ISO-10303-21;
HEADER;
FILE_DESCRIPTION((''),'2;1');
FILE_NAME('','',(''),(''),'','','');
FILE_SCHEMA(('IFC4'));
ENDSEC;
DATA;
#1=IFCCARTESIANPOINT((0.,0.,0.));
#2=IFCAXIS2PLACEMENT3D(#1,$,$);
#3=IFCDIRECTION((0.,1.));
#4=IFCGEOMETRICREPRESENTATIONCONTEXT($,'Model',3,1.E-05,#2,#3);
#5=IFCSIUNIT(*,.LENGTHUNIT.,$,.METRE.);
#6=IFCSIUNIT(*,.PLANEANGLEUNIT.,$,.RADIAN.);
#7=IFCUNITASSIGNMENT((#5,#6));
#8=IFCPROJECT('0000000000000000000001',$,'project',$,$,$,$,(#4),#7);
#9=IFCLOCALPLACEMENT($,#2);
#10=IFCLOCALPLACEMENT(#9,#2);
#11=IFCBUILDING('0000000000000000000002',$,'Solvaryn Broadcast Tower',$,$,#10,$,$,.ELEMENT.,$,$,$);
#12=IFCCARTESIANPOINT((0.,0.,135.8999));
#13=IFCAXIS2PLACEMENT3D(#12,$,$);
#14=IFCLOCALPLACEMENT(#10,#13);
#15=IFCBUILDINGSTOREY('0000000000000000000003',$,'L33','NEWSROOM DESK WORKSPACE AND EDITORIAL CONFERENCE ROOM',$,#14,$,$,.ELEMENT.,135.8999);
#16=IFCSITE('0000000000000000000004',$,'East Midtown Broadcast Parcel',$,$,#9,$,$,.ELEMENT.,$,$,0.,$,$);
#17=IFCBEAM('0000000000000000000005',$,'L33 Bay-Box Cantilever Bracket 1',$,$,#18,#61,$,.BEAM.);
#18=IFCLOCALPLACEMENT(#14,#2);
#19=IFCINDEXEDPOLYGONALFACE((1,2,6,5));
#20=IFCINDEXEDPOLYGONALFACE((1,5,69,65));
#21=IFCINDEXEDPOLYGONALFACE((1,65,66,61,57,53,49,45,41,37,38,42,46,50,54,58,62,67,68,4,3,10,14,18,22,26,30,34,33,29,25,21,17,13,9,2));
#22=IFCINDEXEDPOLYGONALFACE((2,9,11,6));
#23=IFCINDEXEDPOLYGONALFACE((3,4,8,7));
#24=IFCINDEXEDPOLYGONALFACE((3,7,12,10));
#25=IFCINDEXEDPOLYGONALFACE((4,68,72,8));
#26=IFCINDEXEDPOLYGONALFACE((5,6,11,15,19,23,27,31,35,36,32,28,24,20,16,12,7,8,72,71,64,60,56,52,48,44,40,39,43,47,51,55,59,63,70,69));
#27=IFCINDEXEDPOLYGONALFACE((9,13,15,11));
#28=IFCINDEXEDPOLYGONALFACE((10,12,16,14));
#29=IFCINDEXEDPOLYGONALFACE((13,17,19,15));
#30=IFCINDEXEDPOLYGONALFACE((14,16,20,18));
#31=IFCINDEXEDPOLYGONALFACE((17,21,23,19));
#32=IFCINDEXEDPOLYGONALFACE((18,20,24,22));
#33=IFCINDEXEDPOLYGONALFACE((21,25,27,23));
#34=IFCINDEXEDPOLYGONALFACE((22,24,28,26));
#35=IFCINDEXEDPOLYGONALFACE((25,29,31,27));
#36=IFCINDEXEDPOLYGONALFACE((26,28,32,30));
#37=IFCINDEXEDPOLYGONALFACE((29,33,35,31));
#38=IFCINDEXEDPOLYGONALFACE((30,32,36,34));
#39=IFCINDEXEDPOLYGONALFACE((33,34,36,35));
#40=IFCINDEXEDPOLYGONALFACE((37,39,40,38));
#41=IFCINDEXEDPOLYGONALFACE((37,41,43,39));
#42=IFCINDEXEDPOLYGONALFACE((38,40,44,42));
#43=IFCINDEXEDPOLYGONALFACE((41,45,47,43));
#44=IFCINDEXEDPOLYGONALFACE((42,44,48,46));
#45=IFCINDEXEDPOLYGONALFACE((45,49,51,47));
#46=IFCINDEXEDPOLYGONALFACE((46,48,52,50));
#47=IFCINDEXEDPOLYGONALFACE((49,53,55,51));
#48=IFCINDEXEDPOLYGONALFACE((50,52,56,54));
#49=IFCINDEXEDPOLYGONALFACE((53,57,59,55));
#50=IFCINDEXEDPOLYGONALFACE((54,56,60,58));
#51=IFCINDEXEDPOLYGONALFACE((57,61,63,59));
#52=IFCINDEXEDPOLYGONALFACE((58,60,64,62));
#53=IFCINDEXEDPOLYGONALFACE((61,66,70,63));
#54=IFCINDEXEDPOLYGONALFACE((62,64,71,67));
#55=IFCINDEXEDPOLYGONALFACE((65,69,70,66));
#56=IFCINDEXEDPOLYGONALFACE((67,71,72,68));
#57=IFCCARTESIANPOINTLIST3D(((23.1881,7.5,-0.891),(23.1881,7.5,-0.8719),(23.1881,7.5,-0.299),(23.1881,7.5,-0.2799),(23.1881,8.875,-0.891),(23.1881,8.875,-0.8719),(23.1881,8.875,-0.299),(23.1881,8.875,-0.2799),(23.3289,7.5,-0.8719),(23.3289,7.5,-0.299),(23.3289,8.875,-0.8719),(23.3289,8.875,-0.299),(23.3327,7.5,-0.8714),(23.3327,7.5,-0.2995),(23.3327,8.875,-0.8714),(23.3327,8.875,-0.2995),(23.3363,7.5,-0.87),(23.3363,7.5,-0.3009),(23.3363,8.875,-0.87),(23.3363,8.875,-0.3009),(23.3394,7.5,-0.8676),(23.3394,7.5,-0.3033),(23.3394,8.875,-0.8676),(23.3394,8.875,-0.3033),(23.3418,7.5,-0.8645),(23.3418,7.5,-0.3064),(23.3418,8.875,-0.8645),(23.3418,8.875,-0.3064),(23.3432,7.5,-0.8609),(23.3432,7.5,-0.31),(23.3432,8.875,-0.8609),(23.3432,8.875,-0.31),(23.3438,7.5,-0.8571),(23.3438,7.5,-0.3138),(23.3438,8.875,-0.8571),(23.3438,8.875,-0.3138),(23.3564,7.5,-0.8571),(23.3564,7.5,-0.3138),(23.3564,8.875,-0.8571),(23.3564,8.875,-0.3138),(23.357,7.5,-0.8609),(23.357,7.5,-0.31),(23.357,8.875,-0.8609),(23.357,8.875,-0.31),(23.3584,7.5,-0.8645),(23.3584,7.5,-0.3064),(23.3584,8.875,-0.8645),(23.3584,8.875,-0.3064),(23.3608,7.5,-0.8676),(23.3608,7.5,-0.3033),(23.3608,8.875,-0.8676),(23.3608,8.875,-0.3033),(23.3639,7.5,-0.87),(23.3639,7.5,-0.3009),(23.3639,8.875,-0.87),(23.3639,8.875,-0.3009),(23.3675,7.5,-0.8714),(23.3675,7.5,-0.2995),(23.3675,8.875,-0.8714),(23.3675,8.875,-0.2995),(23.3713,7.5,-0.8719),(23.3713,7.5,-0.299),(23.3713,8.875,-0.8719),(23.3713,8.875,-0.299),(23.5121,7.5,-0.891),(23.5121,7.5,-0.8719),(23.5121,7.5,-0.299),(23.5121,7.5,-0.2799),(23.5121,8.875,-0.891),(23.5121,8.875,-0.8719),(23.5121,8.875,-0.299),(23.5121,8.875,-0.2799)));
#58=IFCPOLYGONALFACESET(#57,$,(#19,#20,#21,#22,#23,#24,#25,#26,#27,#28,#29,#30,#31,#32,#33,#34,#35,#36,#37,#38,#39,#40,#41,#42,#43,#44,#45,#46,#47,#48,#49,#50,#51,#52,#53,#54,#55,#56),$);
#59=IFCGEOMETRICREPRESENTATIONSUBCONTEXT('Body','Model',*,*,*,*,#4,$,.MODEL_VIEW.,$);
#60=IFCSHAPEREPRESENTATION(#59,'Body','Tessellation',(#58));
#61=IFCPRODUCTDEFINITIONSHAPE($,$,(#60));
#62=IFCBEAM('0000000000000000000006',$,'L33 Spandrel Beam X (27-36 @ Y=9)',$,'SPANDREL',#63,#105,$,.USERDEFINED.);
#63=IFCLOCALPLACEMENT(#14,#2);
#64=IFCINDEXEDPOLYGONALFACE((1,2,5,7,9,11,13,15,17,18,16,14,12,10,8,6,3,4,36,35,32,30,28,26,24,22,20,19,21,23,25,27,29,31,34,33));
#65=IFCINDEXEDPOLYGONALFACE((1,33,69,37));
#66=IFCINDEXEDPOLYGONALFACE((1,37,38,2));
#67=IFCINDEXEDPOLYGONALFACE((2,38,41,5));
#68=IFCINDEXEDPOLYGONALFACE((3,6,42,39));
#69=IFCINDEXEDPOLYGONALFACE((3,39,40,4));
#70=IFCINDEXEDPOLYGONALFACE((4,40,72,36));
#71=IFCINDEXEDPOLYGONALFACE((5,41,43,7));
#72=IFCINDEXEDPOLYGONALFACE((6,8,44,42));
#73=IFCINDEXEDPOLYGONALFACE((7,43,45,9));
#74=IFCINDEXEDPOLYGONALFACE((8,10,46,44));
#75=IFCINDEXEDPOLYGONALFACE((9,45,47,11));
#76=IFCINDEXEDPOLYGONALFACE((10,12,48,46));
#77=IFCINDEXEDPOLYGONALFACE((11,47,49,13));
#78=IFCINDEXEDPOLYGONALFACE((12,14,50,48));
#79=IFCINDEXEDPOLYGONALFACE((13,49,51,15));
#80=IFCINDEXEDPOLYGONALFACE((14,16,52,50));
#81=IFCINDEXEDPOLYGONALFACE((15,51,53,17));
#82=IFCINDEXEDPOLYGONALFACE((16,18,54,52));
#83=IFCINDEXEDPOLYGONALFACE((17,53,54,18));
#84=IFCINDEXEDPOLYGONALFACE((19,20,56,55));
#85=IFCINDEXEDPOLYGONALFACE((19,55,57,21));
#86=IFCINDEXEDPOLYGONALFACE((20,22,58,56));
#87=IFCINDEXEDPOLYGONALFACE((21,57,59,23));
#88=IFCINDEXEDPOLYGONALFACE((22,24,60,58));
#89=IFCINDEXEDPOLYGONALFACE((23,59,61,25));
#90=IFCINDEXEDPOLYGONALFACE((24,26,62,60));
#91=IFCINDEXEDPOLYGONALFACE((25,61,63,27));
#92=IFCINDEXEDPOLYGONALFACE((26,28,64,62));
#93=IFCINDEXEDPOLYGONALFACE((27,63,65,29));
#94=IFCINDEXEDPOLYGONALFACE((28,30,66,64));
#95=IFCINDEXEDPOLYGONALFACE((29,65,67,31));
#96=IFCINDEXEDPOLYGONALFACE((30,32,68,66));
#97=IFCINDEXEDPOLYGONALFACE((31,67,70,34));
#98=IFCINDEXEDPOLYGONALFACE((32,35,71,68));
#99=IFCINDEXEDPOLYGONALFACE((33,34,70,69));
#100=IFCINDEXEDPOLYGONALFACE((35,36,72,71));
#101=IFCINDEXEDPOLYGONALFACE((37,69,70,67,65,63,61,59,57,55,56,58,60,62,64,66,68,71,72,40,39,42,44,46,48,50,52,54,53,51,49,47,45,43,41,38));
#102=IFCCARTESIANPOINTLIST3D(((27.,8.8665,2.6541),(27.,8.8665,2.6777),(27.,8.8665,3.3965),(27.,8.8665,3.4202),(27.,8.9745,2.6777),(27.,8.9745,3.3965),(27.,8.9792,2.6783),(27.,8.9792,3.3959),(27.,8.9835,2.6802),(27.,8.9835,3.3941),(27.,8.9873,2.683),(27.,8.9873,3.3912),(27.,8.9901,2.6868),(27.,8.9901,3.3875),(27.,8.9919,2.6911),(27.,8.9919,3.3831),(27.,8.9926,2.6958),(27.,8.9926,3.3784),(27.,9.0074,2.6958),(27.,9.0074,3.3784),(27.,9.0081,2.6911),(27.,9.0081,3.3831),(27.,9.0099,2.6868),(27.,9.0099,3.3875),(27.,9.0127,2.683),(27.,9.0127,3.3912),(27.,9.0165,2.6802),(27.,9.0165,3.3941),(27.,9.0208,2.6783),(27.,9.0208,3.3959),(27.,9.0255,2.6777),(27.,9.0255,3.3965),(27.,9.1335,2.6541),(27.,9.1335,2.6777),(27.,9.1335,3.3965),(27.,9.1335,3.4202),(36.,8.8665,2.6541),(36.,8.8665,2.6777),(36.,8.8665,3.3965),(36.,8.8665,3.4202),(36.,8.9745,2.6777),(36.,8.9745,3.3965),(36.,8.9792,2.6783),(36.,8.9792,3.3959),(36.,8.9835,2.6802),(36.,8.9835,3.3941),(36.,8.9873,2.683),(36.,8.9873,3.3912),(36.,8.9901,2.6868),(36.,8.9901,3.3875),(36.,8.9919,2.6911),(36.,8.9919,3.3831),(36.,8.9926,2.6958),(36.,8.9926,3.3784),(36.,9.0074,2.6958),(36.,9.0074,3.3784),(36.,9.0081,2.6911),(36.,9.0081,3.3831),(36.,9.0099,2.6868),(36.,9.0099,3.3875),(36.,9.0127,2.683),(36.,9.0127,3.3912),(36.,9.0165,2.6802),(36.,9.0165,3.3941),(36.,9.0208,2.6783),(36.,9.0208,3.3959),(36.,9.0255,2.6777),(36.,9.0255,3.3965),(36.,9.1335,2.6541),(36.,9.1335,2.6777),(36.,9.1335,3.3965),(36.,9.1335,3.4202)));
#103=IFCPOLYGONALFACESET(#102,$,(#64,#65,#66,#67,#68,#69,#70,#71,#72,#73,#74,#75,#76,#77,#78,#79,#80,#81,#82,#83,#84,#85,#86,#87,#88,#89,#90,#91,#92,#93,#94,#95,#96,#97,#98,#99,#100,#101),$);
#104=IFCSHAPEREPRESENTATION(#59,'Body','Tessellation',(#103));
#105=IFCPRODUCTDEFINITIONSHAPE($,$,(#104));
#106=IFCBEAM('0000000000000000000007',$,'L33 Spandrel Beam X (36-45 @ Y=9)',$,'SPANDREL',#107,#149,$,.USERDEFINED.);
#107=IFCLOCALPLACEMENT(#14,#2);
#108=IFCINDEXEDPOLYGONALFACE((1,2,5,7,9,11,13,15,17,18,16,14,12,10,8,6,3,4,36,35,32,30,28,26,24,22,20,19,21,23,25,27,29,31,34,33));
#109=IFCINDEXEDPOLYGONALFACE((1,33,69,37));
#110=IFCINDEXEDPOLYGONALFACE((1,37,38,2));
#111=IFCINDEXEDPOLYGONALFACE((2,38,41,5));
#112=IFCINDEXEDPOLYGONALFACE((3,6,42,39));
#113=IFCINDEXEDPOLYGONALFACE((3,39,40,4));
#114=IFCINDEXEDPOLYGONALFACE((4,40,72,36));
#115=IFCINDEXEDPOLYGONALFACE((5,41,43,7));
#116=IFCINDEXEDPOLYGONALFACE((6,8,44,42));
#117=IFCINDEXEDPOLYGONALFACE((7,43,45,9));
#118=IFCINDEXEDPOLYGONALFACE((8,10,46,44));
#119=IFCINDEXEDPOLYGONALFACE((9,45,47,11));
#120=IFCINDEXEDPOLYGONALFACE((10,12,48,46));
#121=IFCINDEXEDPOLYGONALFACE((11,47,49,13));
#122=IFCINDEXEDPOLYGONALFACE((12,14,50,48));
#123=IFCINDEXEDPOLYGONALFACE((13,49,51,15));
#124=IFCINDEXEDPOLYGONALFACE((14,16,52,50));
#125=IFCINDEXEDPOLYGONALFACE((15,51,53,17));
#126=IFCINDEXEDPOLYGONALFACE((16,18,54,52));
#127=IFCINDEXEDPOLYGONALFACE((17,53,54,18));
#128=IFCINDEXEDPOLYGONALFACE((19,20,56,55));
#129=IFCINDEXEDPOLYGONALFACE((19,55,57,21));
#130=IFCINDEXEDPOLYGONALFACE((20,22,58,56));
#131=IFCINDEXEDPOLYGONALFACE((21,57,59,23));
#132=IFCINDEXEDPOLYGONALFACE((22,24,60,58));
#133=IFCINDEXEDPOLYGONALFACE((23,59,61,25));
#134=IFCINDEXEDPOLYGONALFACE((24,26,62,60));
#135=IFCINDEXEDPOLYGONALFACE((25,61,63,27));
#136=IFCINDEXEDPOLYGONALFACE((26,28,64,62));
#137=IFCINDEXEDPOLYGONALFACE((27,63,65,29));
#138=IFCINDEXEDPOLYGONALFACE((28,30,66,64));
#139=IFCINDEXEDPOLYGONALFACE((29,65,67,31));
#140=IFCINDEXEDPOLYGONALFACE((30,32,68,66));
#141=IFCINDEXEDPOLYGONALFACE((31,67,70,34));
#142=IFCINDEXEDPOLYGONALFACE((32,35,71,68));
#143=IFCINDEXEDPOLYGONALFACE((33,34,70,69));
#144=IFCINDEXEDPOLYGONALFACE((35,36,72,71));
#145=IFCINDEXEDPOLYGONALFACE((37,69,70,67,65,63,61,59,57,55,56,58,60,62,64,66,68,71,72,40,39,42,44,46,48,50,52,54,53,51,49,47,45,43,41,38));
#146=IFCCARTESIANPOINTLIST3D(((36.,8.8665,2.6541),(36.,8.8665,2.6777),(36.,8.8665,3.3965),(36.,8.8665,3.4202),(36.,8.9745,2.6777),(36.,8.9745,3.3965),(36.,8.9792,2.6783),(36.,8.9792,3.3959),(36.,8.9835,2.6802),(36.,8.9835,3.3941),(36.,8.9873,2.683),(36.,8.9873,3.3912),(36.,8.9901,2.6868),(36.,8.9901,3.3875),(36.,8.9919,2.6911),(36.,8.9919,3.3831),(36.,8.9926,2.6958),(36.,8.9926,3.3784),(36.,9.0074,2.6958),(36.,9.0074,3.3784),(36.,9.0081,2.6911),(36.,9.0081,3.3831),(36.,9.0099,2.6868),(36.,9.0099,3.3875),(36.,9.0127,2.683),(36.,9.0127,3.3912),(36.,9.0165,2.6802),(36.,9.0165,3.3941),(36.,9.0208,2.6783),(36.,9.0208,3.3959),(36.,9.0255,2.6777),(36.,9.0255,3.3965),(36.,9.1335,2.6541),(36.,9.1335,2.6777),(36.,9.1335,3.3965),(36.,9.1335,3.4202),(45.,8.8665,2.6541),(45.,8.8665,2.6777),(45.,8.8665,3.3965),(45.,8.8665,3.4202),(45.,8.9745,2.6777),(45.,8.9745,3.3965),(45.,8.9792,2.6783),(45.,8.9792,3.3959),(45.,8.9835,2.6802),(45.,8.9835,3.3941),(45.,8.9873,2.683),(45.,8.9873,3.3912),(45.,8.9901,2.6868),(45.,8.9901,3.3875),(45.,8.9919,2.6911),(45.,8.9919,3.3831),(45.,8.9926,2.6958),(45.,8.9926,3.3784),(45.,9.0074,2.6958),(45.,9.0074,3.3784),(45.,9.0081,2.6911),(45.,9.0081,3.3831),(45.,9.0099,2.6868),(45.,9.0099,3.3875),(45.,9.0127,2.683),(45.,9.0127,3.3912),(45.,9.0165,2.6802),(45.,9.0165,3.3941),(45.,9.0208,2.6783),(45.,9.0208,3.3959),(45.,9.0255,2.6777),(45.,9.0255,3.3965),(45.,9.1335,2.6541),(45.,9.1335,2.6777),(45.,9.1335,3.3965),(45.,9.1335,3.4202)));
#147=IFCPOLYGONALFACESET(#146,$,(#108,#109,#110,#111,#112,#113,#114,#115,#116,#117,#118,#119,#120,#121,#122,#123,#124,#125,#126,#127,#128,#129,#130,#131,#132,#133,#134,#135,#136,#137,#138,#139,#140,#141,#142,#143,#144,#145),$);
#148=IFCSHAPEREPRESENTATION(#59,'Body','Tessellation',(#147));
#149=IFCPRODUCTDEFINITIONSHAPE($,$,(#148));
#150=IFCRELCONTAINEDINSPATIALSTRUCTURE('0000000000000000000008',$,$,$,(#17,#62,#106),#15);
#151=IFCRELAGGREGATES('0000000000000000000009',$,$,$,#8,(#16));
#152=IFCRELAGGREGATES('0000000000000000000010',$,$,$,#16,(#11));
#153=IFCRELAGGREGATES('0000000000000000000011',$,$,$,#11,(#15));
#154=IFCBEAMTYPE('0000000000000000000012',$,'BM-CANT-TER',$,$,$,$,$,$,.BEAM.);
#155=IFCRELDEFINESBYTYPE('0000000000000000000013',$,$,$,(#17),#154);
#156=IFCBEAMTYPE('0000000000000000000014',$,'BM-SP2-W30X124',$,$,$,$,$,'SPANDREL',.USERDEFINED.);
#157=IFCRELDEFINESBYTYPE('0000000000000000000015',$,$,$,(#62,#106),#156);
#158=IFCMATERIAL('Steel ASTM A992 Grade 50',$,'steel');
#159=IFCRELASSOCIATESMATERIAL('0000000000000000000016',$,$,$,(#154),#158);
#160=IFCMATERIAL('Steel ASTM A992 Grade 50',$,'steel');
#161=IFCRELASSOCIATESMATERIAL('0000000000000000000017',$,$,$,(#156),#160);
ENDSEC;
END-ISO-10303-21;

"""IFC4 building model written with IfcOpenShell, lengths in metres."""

from ifc_helpers import new_model, si_unit, direction, frame, origin, origin_2d, place, context, subcontext, project, spatial, i_section, extrude, material, material_profile, profile_set, type_object, element, save


model = new_model("IFC4")

# Units and contexts
model_context = context("Model", 3, precision=1e-05, world=origin(), true_north=direction((0.0, 1.0)))
body_context = subcontext(model_context, "Body", "Model", "MODEL_VIEW")
ifc_project = project(units=[si_unit("LENGTHUNIT", "METRE"), si_unit("PLANEANGLEUNIT", "RADIAN")], contexts=[model_context])

# Site, building, storey
site_placement = place(None, origin())
site = spatial("IfcSite", under=ifc_project, at=site_placement, Name="East Midtown Broadcast Parcel", CompositionType="ELEMENT", RefElevation=0.0)
building_placement = place(site_placement, origin())
building = spatial("IfcBuilding", under=site, at=building_placement, Name="Solvaryn Broadcast Tower", CompositionType="ELEMENT")
storey_placement = place(building_placement, frame((0.0, 0.0, 135.8999)))
storey = spatial("IfcBuildingStorey", under=building, at=storey_placement, Name="L33", Description="NEWSROOM DESK WORKSPACE AND EDITORIAL CONFERENCE ROOM", CompositionType="ELEMENT", Elevation=135.8999)

# Beams
ifc_material_1 = material(Name="Steel ASTM A992 Grade 50", Category="steel")
ifc_material_profile_1 = material_profile(ifc_material_1, i_section(OverallWidth=0.324, OverallDepth=0.6111, WebThickness=0.0127, FlangeThickness=0.019, FilletRadius=0.0149, at=origin_2d()))
ifc_profile_set_1 = profile_set([ifc_material_profile_1], Name="Steel ASTM A992 Grade 50")
beam_type_1 = type_object("IfcBeamType", Name="BM-CANT-TER", PredefinedType="BEAM", material=ifc_profile_set_1)
beam_1_placement = place(storey_placement, frame((23.3501, 8.875, -0.5854), z_axis=(0.0, -1.0, 0.0), x_axis=(1.0, 0.0, 0.0)))
element("IfcBeam", 1, at=beam_1_placement, inside=storey, type_object=beam_type_1, Name="L33 Bay-Box Cantilever Bracket 1", PredefinedType="BEAM", context=body_context, shape_type="SweptSolid", body=[
    extrude(i_section(OverallWidth=0.324, OverallDepth=0.6111, WebThickness=0.0127, FlangeThickness=0.019, FilletRadius=0.0149, at=origin_2d()), origin(), (0.0, 0.0, 1.0), 1.375),
])
ifc_material_2 = material(Name="Steel ASTM A992 Grade 50", Category="steel")
ifc_material_profile_2 = material_profile(ifc_material_2, i_section(OverallWidth=0.2671, OverallDepth=0.7661, WebThickness=0.0149, FlangeThickness=0.0237, FilletRadius=0.0181, at=origin_2d()))
ifc_profile_set_2 = profile_set([ifc_material_profile_2], Name="Steel ASTM A992 Grade 50")
beam_type_2 = type_object("IfcBeamType", Name="BM-SP2-W30X124", ElementType="SPANDREL", PredefinedType="USERDEFINED", material=ifc_profile_set_2)
for number, where, z_axis, x_axis, name in (
    (2, (27.0, 9.0, 3.0371), (1.0, 0.0, 0.0), (0.0, 1.0, 0.0), "L33 Spandrel Beam X (27-36 @ Y=9)"),
    (3, (36.0, 9.0, 3.0371), (1.0, 0.0, 0.0), (0.0, 1.0, 0.0), "L33 Spandrel Beam X (36-45 @ Y=9)"),
):
    element("IfcBeam", number, at=place(storey_placement, frame(where, z_axis=z_axis, x_axis=x_axis)), inside=storey, type_object=beam_type_2, Name=name, ObjectType="SPANDREL", PredefinedType="USERDEFINED", context=body_context, shape_type="SweptSolid", body=[
        extrude(i_section(OverallWidth=0.2671, OverallDepth=0.7661, WebThickness=0.0149, FlangeThickness=0.0237, FilletRadius=0.0181, at=origin_2d()), origin(), (0.0, 0.0, 1.0), 9.0),
    ])

save(model, "model.ifc")
